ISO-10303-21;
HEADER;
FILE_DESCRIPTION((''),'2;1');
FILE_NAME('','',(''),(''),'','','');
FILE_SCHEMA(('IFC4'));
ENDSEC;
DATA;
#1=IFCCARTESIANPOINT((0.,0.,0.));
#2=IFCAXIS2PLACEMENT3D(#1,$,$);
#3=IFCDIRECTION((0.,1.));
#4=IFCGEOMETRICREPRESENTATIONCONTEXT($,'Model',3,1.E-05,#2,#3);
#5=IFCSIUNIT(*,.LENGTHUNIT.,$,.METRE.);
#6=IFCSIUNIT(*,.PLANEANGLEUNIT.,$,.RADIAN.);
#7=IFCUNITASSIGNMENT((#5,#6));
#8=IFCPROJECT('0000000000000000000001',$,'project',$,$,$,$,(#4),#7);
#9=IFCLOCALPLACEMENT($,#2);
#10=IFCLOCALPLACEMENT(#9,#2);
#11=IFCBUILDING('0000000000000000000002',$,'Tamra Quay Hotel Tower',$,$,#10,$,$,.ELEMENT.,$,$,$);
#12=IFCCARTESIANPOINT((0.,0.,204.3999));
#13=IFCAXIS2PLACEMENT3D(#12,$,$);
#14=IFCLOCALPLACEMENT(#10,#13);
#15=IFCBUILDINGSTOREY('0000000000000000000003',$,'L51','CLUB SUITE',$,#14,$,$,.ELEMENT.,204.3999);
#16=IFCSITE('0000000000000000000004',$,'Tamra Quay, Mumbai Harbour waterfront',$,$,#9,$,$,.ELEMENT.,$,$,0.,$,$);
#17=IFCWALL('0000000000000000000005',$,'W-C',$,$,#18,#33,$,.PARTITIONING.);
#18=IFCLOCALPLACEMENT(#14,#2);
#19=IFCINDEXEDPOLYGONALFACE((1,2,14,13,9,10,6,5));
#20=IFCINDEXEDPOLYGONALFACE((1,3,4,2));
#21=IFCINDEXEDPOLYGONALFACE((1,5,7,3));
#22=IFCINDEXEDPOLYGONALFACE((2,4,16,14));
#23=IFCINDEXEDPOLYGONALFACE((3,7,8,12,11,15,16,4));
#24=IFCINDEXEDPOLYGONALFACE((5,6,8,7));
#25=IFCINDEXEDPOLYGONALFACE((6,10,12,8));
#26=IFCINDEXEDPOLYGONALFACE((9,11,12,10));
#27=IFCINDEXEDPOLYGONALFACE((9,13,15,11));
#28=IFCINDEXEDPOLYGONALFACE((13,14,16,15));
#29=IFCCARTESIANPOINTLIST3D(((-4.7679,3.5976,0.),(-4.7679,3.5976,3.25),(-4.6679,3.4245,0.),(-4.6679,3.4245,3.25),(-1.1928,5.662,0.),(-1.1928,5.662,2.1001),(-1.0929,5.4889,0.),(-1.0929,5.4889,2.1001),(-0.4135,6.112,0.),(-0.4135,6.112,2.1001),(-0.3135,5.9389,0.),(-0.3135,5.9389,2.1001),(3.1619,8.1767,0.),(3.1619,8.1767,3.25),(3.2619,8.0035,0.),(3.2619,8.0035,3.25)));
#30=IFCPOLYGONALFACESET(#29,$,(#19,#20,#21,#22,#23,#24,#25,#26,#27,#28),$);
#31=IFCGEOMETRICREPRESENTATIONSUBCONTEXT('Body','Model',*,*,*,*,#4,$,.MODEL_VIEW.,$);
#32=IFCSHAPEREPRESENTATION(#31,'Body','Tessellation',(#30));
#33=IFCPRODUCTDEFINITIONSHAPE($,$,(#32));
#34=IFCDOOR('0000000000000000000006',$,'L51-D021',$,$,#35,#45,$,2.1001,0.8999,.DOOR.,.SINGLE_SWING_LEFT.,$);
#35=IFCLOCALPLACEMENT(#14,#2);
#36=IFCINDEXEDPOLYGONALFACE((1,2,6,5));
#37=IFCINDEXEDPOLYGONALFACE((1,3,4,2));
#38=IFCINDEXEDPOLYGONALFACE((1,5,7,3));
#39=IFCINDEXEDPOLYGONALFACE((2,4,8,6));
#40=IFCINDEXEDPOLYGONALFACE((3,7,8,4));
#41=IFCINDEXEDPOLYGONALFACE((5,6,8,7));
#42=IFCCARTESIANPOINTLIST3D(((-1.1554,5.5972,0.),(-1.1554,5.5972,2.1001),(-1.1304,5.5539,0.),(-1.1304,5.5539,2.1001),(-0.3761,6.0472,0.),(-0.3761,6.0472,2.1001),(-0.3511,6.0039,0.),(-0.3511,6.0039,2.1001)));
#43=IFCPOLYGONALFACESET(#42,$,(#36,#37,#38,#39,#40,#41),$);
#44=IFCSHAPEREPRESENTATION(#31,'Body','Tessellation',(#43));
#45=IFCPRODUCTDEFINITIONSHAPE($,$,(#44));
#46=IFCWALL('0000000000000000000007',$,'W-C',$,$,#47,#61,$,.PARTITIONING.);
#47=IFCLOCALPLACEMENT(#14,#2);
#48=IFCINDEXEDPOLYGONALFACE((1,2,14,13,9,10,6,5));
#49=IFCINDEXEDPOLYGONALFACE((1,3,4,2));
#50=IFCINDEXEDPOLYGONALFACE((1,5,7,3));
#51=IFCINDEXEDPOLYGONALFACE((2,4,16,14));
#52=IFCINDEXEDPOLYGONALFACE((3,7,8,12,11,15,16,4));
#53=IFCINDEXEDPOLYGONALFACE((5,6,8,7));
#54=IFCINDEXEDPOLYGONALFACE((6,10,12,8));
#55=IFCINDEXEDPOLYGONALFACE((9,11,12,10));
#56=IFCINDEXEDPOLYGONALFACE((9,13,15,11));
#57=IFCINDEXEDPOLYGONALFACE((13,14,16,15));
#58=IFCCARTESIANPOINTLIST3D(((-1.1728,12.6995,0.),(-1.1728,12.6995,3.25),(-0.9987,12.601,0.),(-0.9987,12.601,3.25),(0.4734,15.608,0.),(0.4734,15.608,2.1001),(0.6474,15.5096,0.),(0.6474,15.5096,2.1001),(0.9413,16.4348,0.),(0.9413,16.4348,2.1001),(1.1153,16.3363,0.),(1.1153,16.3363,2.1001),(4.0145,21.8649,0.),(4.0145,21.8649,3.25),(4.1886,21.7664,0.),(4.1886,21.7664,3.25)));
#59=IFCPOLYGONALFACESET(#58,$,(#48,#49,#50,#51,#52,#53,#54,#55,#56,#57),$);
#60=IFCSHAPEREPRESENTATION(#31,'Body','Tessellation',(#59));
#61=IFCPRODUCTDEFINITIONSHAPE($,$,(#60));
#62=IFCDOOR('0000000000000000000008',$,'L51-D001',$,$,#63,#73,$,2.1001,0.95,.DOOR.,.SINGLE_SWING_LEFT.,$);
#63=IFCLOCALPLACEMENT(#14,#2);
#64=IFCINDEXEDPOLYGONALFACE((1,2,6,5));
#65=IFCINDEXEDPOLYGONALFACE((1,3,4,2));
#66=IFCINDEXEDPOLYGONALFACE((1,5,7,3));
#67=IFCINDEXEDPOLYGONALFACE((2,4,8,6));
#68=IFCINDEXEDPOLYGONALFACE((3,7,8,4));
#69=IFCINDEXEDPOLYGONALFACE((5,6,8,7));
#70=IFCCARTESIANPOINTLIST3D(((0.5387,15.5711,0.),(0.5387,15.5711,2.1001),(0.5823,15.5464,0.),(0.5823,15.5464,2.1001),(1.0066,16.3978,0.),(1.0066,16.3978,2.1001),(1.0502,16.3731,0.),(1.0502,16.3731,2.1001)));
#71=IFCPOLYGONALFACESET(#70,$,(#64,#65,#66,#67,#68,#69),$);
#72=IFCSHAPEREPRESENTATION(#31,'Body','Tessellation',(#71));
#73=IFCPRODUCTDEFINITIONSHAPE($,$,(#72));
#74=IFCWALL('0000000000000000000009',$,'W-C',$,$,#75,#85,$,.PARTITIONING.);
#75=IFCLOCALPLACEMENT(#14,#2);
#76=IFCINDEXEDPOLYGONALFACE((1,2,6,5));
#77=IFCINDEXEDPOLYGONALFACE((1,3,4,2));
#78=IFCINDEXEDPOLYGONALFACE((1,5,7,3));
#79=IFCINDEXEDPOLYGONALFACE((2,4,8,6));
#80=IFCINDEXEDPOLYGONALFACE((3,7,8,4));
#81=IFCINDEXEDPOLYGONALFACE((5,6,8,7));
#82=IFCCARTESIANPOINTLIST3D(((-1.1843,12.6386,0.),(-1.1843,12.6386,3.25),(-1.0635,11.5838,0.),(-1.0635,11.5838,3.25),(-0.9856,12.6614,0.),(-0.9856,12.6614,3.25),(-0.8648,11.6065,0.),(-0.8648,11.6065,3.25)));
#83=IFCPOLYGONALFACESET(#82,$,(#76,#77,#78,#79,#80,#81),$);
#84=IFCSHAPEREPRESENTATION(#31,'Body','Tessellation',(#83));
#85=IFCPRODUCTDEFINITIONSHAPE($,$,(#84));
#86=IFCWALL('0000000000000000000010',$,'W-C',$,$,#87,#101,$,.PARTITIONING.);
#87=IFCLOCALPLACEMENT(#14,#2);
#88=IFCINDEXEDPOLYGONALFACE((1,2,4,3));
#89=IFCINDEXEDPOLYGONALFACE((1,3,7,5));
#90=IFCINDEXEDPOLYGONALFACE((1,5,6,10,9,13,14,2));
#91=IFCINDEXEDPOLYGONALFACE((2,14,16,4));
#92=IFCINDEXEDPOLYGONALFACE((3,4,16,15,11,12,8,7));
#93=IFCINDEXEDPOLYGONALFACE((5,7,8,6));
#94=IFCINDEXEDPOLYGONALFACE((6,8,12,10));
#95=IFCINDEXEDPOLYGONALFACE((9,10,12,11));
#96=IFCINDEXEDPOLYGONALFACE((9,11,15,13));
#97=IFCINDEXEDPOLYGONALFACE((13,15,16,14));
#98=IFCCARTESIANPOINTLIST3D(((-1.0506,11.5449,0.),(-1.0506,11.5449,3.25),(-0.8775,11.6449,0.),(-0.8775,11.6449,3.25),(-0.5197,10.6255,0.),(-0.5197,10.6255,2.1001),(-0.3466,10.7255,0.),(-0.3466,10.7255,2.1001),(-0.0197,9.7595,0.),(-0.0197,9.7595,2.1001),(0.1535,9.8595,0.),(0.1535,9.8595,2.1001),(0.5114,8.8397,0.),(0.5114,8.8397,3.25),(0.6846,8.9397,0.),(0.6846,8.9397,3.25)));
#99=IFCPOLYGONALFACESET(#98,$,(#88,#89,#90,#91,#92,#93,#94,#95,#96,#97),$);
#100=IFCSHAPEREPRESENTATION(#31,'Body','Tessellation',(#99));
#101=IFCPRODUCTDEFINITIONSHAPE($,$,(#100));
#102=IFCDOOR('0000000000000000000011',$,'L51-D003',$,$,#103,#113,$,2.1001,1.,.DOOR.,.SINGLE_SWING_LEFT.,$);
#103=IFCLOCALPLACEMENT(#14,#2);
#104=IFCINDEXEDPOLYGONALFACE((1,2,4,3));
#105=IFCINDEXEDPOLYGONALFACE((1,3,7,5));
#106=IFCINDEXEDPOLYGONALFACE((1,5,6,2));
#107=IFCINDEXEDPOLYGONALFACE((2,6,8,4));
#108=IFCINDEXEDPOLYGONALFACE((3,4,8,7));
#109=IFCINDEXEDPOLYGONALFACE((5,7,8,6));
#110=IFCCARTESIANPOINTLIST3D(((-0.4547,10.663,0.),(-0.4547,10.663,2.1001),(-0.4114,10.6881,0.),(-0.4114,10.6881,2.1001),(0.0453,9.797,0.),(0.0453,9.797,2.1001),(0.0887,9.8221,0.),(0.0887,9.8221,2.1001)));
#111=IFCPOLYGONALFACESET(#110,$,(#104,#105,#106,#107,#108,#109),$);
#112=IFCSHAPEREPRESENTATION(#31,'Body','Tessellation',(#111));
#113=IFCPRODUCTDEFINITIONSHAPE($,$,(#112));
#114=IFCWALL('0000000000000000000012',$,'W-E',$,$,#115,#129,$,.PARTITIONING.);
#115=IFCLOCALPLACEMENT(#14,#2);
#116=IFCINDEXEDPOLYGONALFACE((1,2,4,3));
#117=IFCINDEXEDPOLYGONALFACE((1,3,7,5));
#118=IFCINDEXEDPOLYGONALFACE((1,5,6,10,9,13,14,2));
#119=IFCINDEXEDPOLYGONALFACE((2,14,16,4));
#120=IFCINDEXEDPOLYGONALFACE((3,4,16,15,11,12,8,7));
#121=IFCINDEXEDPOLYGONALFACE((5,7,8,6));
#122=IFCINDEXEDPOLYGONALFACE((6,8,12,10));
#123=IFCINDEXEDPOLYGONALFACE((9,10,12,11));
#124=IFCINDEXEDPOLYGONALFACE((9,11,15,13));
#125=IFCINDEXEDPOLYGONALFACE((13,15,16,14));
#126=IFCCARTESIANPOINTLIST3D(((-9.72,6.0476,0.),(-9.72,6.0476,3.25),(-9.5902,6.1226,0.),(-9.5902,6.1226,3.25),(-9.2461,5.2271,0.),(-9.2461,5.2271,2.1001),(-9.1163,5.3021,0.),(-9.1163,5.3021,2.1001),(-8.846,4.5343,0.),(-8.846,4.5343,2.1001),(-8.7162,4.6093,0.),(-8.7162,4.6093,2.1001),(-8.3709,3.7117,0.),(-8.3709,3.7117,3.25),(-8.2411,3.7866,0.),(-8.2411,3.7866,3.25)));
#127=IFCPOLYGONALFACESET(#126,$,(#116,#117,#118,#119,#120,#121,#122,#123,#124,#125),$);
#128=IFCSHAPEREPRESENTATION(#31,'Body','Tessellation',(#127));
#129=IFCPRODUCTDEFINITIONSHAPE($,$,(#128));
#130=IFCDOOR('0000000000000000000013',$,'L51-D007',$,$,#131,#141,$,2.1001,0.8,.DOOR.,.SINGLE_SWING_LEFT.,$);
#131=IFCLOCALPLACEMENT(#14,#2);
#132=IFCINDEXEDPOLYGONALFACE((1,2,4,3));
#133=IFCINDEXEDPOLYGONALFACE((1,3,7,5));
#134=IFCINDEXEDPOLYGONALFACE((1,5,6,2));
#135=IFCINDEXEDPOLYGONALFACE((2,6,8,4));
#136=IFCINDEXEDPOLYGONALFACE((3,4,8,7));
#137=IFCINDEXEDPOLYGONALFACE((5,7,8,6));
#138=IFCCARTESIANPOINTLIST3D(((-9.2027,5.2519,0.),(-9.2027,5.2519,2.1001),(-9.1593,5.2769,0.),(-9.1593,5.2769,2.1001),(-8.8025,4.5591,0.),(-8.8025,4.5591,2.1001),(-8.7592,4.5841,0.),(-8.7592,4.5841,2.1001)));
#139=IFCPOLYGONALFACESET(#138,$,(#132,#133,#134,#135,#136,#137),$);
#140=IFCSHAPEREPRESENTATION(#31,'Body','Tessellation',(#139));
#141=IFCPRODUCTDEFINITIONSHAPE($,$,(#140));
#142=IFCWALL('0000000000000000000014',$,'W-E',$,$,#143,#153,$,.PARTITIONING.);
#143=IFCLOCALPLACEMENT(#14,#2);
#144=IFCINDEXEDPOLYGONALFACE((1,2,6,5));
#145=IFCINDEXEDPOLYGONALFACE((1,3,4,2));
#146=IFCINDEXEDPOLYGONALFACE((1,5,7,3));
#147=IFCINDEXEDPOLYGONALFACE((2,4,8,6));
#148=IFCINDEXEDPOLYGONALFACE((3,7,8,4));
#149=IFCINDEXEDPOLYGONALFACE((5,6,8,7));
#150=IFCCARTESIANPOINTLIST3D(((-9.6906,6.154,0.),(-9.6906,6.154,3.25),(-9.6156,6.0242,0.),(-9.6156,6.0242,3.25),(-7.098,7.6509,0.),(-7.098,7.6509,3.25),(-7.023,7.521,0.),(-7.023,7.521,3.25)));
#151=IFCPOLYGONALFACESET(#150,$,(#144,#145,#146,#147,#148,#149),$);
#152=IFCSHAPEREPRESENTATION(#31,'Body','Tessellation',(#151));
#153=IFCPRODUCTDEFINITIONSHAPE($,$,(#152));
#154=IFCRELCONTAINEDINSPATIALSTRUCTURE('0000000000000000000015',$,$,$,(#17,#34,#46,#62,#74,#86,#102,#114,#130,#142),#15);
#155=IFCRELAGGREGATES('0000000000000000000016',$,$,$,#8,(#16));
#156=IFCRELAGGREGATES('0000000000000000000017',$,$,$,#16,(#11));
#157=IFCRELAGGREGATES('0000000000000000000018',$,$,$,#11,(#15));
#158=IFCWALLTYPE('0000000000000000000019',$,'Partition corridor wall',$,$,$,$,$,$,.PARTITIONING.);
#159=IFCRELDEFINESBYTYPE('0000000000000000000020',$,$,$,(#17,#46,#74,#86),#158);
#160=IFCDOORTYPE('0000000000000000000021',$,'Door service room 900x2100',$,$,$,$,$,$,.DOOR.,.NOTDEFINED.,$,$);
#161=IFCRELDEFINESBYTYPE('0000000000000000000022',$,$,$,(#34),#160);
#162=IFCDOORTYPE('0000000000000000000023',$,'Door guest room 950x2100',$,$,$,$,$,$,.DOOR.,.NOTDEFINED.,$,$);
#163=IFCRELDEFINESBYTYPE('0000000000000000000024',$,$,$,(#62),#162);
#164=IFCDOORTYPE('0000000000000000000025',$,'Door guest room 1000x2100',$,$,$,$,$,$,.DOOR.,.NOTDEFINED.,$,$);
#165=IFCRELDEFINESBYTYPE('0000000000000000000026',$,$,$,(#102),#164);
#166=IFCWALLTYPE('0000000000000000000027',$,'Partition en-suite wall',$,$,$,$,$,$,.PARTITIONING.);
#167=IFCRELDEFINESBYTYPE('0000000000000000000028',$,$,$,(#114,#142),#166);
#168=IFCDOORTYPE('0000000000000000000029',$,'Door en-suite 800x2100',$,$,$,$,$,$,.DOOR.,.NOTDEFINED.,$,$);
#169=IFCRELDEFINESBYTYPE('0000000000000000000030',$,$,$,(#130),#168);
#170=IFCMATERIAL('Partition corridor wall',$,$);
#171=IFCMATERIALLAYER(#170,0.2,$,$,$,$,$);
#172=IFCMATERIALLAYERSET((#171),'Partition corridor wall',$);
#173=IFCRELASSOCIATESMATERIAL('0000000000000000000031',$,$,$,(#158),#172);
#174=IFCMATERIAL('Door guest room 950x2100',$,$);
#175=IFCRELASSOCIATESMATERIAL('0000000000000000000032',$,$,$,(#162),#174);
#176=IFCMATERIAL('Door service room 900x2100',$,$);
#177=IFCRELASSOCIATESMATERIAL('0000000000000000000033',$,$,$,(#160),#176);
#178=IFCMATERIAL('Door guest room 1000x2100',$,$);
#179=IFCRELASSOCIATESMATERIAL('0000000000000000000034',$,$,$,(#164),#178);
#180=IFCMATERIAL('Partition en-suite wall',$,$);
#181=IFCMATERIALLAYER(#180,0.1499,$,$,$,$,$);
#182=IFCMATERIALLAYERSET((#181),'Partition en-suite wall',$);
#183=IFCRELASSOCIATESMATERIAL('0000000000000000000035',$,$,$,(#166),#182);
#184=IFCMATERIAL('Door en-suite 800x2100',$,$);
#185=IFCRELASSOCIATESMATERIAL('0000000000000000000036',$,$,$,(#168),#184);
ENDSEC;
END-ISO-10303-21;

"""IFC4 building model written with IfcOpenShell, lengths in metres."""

from ifc_helpers import new_model, si_unit, direction, frame, frame_2d, origin, place, context, subcontext, project, spatial, rectangle, extrude, material, layer, layer_set, type_object, element, fill, save


model = new_model("IFC4")

# Units and contexts
model_context = context("Model", 3, precision=1e-05, world=origin(), true_north=direction((0.0, 1.0)))
body_context = subcontext(model_context, "Body", "Model", "MODEL_VIEW")
ifc_project = project(units=[si_unit("LENGTHUNIT", "METRE"), si_unit("PLANEANGLEUNIT", "RADIAN")], contexts=[model_context])

# Site, building, storey
site_placement = place(None, origin())
site = spatial("IfcSite", under=ifc_project, at=site_placement, Name="Tamra Quay, Mumbai Harbour waterfront", CompositionType="ELEMENT", RefElevation=0.0)
building_placement = place(site_placement, origin())
building = spatial("IfcBuilding", under=site, at=building_placement, Name="Tamra Quay Hotel Tower", CompositionType="ELEMENT")
storey_placement = place(building_placement, frame((0.0, 0.0, 204.3999)))
storey = spatial("IfcBuildingStorey", under=building, at=storey_placement, Name="L51", Description="CLUB SUITE", CompositionType="ELEMENT", Elevation=204.3999)

# Shared definitions
ifc_material_1 = material(Name="Partition corridor wall")
ifc_layer_1 = layer(ifc_material_1, 0.2)
ifc_layer_set_1 = layer_set([ifc_layer_1], Name="Partition corridor wall")
wall_type_1 = type_object("IfcWallType", Name="Partition corridor wall", PredefinedType="PARTITIONING", material=ifc_layer_set_1)
ifc_material_2 = material(Name="Door guest room 950x2100")
door_type_1 = type_object("IfcDoorType", Name="Door guest room 950x2100", OperationType="NOTDEFINED", PredefinedType="DOOR", material=ifc_material_2)

# Walls, openings, doors
wall_1_placement = place(storey_placement, frame((-4.718, 3.511, 0.0), z_axis=(0.0, 0.0, 1.0), x_axis=(0.86599, 0.500062, 0.0)))
wall_1 = element("IfcWall", 1, at=wall_1_placement, inside=storey, type_object=wall_type_1, Name="W-C", PredefinedType="PARTITIONING", context=body_context, shape_type="SweptSolid", body=[
    extrude(rectangle(XDim=9.157, YDim=0.2, at=frame_2d((4.5786, 0.0))), origin(), (0.0, 0.0, 1.0), 3.25),
])
opening_1_placement = place(wall_1_placement, frame((4.1284, 0.0, 0.0)))
opening_1 = element("IfcOpeningElement", 2, at=opening_1_placement, cuts=wall_1, PredefinedType="OPENING", context=body_context, shape_type="SweptSolid", body=[
    extrude(rectangle(XDim=0.8999, YDim=2.1001, at=frame_2d((0.45, 1.05))), frame((0.0, 0.1099, 0.0), z_axis=(0.0, -1.0, 0.0), x_axis=(1.0, 0.0, 0.0)), (0.0, 0.0, 1.0), 0.22),
])
ifc_material_3 = material(Name="Door service room 900x2100")
door_type_2 = type_object("IfcDoorType", Name="Door service room 900x2100", OperationType="NOTDEFINED", PredefinedType="DOOR", material=ifc_material_3)
door_1_placement = place(opening_1_placement, frame((0.8999, 0.0, 0.0), z_axis=(0.0, 0.0, 1.0), x_axis=(-1.0, 0.0, 0.0)))
door_1 = element("IfcDoor", 3, at=door_1_placement, inside=storey, type_object=door_type_2, Name="L51-D021", OperationType="SINGLE_SWING_LEFT", OverallHeight=2.1001, OverallWidth=0.8999, PredefinedType="DOOR", context=body_context, shape_type="SweptSolid", body=[
    extrude(rectangle(XDim=0.8999, YDim=2.1001, at=frame_2d((0.45, 1.05))), frame((0.0, 0.0249, 0.0), z_axis=(0.0, -1.0, 0.0), x_axis=(1.0, 0.0, 0.0)), (0.0, 0.0, 1.0), 0.05),
])
fill(opening_1, door_1)
wall_2_placement = place(storey_placement, frame((-1.0857, 12.6504, 0.0), z_axis=(0.0, 0.0, 1.0), x_axis=(0.492552, 0.870283, 0.0)))
wall_2 = element("IfcWall", 4, at=wall_2_placement, inside=storey, type_object=wall_type_1, Name="W-C", PredefinedType="PARTITIONING", context=body_context, shape_type="SweptSolid", body=[
    extrude(rectangle(XDim=10.5315, YDim=0.2, at=frame_2d((5.2656, 0.0))), origin(), (0.0, 0.0, 1.0), 3.25),
])
opening_2_placement = place(wall_2_placement, frame((3.3418, 0.0, 0.0)))
opening_2 = element("IfcOpeningElement", 5, at=opening_2_placement, cuts=wall_2, PredefinedType="OPENING", context=body_context, shape_type="SweptSolid", body=[
    extrude(rectangle(XDim=0.95, YDim=2.1001, at=frame_2d((0.4751, 1.05))), frame((0.0, 0.1099, 0.0), z_axis=(0.0, -1.0, 0.0), x_axis=(1.0, 0.0, 0.0)), (0.0, 0.0, 1.0), 0.22),
])
door_2_placement = place(opening_2_placement, origin())
door_2 = element("IfcDoor", 6, at=door_2_placement, inside=storey, type_object=door_type_1, Name="L51-D001", OperationType="SINGLE_SWING_LEFT", OverallHeight=2.1001, OverallWidth=0.95, PredefinedType="DOOR", context=body_context, shape_type="SweptSolid", body=[
    extrude(rectangle(XDim=0.95, YDim=2.1001, at=frame_2d((0.4751, 1.05))), frame((0.0, 0.0249, 0.0), z_axis=(0.0, -1.0, 0.0), x_axis=(1.0, 0.0, 0.0)), (0.0, 0.0, 1.0), 0.05),
])
fill(opening_2, door_2)

# Wall
wall_3_placement = place(storey_placement, frame((-1.085, 12.6499, 0.0), z_axis=(0.0, 0.0, 1.0), x_axis=(0.113812, -0.993502, 0.0)))
element("IfcWall", 7, at=wall_3_placement, inside=storey, type_object=wall_type_1, Name="W-C", PredefinedType="PARTITIONING", context=body_context, shape_type="SweptSolid", body=[
    extrude(rectangle(XDim=1.0618, YDim=0.2, at=frame_2d((0.5308, 0.0))), origin(), (0.0, 0.0, 1.0), 3.25),
])

# Walls, openings, doors
wall_4_placement = place(storey_placement, frame((-0.9641, 11.595, 0.0), z_axis=(0.0, 0.0, 1.0), x_axis=(0.500056, -0.865993, 0.0)))
wall_4 = element("IfcWall", 8, at=wall_4_placement, inside=storey, type_object=wall_type_1, Name="W-C", PredefinedType="PARTITIONING", context=body_context, shape_type="SweptSolid", body=[
    extrude(rectangle(XDim=3.1238, YDim=0.2, at=frame_2d((1.562, 0.0))), origin(), (0.0, 0.0, 1.0), 3.25),
])
opening_3_placement = place(wall_4_placement, frame((1.0618, 0.0, 0.0)))
opening_3 = element("IfcOpeningElement", 9, at=opening_3_placement, cuts=wall_4, PredefinedType="OPENING", context=body_context, shape_type="SweptSolid", body=[
    extrude(rectangle(XDim=1.0, YDim=2.1001, at=frame_2d((0.5, 1.05))), frame((0.0, 0.1099, 0.0), z_axis=(0.0, -1.0, 0.0), x_axis=(1.0, 0.0, 0.0)), (0.0, 0.0, 1.0), 0.22),
])
ifc_material_4 = material(Name="Door guest room 1000x2100")
door_type_3 = type_object("IfcDoorType", Name="Door guest room 1000x2100", OperationType="NOTDEFINED", PredefinedType="DOOR", material=ifc_material_4)
door_3_placement = place(opening_3_placement, frame((1.0, 0.0, 0.0), z_axis=(0.0, 0.0, 1.0), x_axis=(-1.0, 0.0, 0.0)))
door_3 = element("IfcDoor", 10, at=door_3_placement, inside=storey, type_object=door_type_3, Name="L51-D003", OperationType="SINGLE_SWING_LEFT", OverallHeight=2.1001, OverallWidth=1.0, PredefinedType="DOOR", context=body_context, shape_type="SweptSolid", body=[
    extrude(rectangle(XDim=1.0, YDim=2.1001, at=frame_2d((0.5, 1.05))), frame((0.0, 0.0249, 0.0), z_axis=(0.0, -1.0, 0.0), x_axis=(1.0, 0.0, 0.0)), (0.0, 0.0, 1.0), 0.05),
])
fill(opening_3, door_3)
ifc_material_5 = material(Name="Partition en-suite wall")
ifc_layer_2 = layer(ifc_material_5, 0.1499)
ifc_layer_set_2 = layer_set([ifc_layer_2], Name="Partition en-suite wall")
wall_type_2 = type_object("IfcWallType", Name="Partition en-suite wall", PredefinedType="PARTITIONING", material=ifc_layer_set_2)
wall_5_placement = place(storey_placement, frame((-9.655, 6.085, 0.0), z_axis=(0.0, 0.0, 1.0), x_axis=(0.50013, -0.86595, 0.0)))
wall_5 = element("IfcWall", 11, at=wall_5_placement, inside=storey, type_object=wall_type_2, Name="W-E", PredefinedType="PARTITIONING", context=body_context, shape_type="SweptSolid", body=[
    extrude(rectangle(XDim=2.6975, YDim=0.1499, at=frame_2d((1.3486, 0.0))), origin(), (0.0, 0.0, 1.0), 3.25),
])
opening_4_placement = place(wall_5_placement, frame((0.9475, 0.0, 0.0)))
opening_4 = element("IfcOpeningElement", 12, at=opening_4_placement, cuts=wall_5, PredefinedType="OPENING", context=body_context, shape_type="SweptSolid", body=[
    extrude(rectangle(XDim=0.8, YDim=2.1001, at=frame_2d((0.3999, 1.05))), frame((0.0, 0.085, 0.0), z_axis=(0.0, -1.0, 0.0), x_axis=(1.0, 0.0, 0.0)), (0.0, 0.0, 1.0), 0.1699),
])
ifc_material_6 = material(Name="Door en-suite 800x2100")
door_type_4 = type_object("IfcDoorType", Name="Door en-suite 800x2100", OperationType="NOTDEFINED", PredefinedType="DOOR", material=ifc_material_6)
door_4_placement = place(opening_4_placement, frame((0.8, 0.0, 0.0), z_axis=(0.0, 0.0, 1.0), x_axis=(-1.0, 0.0, 0.0)))
door_4 = element("IfcDoor", 13, at=door_4_placement, inside=storey, type_object=door_type_4, Name="L51-D007", OperationType="SINGLE_SWING_LEFT", OverallHeight=2.1001, OverallWidth=0.8, PredefinedType="DOOR", context=body_context, shape_type="SweptSolid", body=[
    extrude(rectangle(XDim=0.8, YDim=2.1001, at=frame_2d((0.3999, 1.05))), frame((0.0, 0.0249, 0.0), z_axis=(0.0, -1.0, 0.0), x_axis=(1.0, 0.0, 0.0)), (0.0, 0.0, 1.0), 0.05),
])
fill(opening_4, door_4)

# Wall
wall_6_placement = place(storey_placement, frame((-9.6531, 6.0891, 0.0), z_axis=(0.0, 0.0, 1.0), x_axis=(0.866021, 0.500007, 0.0)))
element("IfcWall", 14, at=wall_6_placement, inside=storey, type_object=wall_type_2, Name="W-E", PredefinedType="PARTITIONING", context=body_context, shape_type="SweptSolid", body=[
    extrude(rectangle(XDim=2.9937, YDim=0.1499, at=frame_2d((1.4968, 0.0))), origin(), (0.0, 0.0, 1.0), 3.25),
])

save(model, "model.ifc")
